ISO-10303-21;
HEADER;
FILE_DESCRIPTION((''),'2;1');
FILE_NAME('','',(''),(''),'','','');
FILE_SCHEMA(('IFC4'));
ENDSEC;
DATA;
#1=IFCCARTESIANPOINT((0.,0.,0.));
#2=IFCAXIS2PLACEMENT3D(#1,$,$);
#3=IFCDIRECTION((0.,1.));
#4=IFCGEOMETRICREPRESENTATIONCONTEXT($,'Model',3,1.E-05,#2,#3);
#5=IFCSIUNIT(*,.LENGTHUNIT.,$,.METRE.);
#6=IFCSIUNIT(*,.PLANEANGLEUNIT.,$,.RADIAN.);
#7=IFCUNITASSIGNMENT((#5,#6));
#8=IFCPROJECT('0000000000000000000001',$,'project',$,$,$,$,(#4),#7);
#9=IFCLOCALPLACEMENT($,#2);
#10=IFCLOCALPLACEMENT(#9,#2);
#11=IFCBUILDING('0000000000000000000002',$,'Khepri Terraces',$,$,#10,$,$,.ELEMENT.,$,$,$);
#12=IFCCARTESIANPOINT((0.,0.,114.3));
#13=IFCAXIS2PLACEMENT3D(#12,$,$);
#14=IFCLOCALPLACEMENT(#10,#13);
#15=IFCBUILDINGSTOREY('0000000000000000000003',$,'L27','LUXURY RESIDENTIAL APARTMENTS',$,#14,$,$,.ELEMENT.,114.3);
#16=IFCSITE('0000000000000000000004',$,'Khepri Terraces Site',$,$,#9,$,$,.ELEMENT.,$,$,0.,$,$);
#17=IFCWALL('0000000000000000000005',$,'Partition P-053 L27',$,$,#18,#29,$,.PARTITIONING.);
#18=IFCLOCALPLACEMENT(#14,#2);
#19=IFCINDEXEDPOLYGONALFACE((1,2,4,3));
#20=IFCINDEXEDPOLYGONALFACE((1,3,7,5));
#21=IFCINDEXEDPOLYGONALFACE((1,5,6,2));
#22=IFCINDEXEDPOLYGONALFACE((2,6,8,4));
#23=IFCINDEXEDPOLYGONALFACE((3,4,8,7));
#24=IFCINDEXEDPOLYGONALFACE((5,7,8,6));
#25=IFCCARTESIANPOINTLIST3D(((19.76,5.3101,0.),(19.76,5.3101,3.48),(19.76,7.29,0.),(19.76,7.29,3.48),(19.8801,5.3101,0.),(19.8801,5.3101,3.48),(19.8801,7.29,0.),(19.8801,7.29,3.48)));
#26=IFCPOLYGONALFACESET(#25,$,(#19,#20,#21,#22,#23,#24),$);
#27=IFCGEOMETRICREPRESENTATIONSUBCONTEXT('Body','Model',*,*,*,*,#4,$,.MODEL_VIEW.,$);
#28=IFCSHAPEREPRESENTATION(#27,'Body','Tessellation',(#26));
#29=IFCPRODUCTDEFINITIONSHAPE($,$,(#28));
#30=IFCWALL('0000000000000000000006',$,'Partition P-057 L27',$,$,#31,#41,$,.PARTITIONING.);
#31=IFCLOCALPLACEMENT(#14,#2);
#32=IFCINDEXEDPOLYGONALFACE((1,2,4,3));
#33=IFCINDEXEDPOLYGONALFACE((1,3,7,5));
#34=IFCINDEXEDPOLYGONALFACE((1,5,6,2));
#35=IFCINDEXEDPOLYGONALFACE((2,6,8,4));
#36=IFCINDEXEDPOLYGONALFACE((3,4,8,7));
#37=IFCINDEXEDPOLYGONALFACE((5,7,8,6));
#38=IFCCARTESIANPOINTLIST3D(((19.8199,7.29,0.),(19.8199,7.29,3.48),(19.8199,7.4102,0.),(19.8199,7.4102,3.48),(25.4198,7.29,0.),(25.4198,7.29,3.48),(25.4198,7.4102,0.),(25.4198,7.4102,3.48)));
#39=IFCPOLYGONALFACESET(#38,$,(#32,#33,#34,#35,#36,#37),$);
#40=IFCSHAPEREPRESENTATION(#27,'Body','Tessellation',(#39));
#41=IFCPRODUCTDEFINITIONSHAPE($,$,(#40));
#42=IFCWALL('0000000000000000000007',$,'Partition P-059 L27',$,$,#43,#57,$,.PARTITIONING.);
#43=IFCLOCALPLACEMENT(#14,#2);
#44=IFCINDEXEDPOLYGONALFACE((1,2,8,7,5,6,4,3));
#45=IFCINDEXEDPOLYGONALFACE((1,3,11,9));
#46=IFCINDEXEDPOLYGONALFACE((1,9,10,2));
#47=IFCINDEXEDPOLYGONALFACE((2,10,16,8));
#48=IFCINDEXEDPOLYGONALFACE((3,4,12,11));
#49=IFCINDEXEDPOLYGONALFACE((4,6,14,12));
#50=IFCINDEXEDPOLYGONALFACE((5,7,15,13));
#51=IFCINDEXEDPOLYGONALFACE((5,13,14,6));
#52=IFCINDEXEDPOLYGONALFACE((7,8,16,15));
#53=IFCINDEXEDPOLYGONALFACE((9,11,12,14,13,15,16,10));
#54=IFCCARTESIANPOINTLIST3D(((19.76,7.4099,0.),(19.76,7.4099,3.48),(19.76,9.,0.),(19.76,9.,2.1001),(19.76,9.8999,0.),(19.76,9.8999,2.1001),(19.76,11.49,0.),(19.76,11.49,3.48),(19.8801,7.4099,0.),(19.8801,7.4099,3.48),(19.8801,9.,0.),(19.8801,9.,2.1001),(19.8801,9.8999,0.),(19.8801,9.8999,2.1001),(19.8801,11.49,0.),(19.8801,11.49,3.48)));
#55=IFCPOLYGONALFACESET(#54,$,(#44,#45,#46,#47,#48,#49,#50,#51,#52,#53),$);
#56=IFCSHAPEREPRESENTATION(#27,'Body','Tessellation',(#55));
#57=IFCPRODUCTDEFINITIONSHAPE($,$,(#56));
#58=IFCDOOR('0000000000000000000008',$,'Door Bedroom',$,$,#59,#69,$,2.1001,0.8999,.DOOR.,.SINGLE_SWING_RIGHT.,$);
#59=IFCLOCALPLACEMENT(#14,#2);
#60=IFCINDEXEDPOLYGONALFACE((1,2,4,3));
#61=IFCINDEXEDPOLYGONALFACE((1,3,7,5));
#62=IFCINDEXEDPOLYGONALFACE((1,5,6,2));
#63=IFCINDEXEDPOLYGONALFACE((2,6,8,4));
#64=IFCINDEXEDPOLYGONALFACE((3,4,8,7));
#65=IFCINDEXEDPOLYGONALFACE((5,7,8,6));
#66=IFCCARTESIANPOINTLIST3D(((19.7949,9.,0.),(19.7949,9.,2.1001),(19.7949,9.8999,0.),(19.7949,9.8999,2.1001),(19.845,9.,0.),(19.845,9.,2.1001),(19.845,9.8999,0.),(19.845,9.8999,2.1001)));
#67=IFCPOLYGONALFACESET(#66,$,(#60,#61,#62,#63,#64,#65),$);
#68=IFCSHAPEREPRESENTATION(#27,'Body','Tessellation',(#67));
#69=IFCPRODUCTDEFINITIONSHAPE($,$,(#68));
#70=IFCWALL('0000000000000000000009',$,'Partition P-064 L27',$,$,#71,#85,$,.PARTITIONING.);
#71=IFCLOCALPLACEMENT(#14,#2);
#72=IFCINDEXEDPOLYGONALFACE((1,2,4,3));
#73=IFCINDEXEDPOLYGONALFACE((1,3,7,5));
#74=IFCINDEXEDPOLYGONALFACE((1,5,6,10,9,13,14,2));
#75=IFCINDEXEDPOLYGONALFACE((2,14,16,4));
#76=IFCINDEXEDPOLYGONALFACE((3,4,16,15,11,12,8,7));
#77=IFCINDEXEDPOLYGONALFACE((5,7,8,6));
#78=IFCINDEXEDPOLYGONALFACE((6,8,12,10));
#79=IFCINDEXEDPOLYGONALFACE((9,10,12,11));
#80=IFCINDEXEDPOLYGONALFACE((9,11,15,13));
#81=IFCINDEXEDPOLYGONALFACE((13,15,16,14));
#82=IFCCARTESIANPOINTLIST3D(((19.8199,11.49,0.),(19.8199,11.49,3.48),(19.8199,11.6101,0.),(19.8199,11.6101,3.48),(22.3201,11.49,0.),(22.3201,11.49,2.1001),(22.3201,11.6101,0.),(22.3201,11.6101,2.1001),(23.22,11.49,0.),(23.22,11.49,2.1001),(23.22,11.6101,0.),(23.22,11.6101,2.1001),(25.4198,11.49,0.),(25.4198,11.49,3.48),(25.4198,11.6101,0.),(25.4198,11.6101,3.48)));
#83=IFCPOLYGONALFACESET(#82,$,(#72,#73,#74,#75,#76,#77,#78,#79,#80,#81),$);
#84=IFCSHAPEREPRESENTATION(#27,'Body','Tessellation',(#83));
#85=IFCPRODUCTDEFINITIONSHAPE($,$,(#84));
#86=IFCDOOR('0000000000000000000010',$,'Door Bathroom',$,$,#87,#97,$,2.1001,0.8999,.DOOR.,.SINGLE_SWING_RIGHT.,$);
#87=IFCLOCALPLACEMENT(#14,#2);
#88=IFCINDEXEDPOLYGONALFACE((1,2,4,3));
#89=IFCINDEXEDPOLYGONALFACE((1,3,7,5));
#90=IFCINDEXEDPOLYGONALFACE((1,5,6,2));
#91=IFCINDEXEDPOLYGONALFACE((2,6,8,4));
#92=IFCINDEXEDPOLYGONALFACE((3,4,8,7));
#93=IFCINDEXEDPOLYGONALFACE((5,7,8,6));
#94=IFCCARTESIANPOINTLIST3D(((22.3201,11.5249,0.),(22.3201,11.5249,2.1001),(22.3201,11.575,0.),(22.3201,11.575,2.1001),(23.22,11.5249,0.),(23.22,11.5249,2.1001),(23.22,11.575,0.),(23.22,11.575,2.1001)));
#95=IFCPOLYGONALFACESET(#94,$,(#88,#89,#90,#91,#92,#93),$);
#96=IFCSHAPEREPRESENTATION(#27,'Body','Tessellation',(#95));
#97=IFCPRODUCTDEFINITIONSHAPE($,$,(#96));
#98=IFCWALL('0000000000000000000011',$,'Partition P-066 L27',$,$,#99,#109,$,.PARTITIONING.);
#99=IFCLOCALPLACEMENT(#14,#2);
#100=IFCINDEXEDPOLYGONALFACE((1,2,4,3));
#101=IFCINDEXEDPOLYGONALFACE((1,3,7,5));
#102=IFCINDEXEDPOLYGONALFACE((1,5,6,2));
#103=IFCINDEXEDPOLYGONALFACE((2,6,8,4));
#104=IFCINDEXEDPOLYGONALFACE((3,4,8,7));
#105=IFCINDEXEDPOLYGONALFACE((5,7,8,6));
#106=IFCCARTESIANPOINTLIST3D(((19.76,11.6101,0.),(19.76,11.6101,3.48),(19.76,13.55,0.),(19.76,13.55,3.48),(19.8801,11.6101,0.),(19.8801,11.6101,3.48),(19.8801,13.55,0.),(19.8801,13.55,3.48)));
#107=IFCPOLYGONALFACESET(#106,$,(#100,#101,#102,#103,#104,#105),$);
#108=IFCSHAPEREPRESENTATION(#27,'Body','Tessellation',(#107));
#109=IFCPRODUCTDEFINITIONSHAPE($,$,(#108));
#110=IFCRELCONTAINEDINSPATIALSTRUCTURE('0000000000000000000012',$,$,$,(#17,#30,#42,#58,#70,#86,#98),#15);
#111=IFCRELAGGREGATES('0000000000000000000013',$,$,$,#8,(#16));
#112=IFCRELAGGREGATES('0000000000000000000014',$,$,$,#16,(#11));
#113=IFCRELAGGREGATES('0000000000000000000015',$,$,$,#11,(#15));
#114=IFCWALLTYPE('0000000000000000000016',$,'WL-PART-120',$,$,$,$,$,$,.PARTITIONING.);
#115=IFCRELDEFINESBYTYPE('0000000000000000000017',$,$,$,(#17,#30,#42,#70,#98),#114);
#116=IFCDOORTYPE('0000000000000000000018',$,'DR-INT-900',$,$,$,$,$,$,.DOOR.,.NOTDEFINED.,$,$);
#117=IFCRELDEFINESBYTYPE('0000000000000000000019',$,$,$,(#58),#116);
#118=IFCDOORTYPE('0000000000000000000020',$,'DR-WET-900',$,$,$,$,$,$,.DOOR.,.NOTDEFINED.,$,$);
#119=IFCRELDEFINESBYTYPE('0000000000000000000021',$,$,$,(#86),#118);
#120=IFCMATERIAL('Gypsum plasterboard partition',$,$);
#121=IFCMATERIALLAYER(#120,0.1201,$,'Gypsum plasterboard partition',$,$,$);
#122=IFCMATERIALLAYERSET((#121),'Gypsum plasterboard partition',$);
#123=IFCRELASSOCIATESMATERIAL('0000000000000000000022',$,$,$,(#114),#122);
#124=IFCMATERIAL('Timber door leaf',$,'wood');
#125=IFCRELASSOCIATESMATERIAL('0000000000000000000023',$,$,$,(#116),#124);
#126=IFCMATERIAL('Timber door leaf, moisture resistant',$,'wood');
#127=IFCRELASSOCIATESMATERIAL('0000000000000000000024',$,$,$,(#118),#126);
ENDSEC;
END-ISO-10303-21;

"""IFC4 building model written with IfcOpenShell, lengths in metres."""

from ifc_helpers import new_model, si_unit, direction, frame, frame_2d, origin, place, context, subcontext, project, spatial, rectangle, extrude, material, layer, layer_set, type_object, element, fill, save


model = new_model("IFC4")

# Units and contexts
model_context = context("Model", 3, precision=1e-05, world=origin(), true_north=direction((0.0, 1.0)))
body_context = subcontext(model_context, "Body", "Model", "MODEL_VIEW")
ifc_project = project(units=[si_unit("LENGTHUNIT", "METRE"), si_unit("PLANEANGLEUNIT", "RADIAN")], contexts=[model_context])

# Site, building, storey
site_placement = place(None, origin())
site = spatial("IfcSite", under=ifc_project, at=site_placement, Name="Khepri Terraces Site", CompositionType="ELEMENT", RefElevation=0.0)
building_placement = place(site_placement, origin())
building = spatial("IfcBuilding", under=site, at=building_placement, Name="Khepri Terraces", CompositionType="ELEMENT")
storey_placement = place(building_placement, frame((0.0, 0.0, 114.3)))
storey = spatial("IfcBuildingStorey", under=building, at=storey_placement, Name="L27", Description="LUXURY RESIDENTIAL APARTMENTS", CompositionType="ELEMENT", Elevation=114.3)

# Walls
ifc_material_1 = material(Name="Gypsum plasterboard partition")
ifc_layer_1 = layer(ifc_material_1, 0.1201, Name="Gypsum plasterboard partition")
ifc_layer_set_1 = layer_set([ifc_layer_1], Name="Gypsum plasterboard partition")
wall_type_1 = type_object("IfcWallType", Name="WL-PART-120", PredefinedType="PARTITIONING", material=ifc_layer_set_1)
wall_1_placement = place(storey_placement, frame((19.8201, 5.3101, 0.0), z_axis=(0.0, 0.0, 1.0), x_axis=(0.0, 1.0, 0.0)))
element("IfcWall", 1, at=wall_1_placement, inside=storey, type_object=wall_type_1, Name="Partition P-053 L27", PredefinedType="PARTITIONING", context=body_context, shape_type="SweptSolid", body=[
    extrude(rectangle(XDim=1.98, YDim=0.1201, at=frame_2d((0.99, 0.0))), origin(), (0.0, 0.0, 1.0), 3.48),
])
wall_2_placement = place(storey_placement, frame((19.8201, 7.3501, 0.0), z_axis=(0.0, 0.0, 1.0), x_axis=(1.0, 0.0, 0.0)))
element("IfcWall", 2, at=wall_2_placement, inside=storey, type_object=wall_type_1, Name="Partition P-057 L27", PredefinedType="PARTITIONING", context=body_context, shape_type="SweptSolid", body=[
    extrude(rectangle(XDim=5.5999, YDim=0.1201, at=frame_2d((2.7998, 0.0))), origin(), (0.0, 0.0, 1.0), 3.48),
])

# Walls, openings, doors
wall_3_placement = place(storey_placement, frame((19.8201, 7.4099, 0.0), z_axis=(0.0, 0.0, 1.0), x_axis=(0.0, 1.0, 0.0)))
wall_3 = element("IfcWall", 3, at=wall_3_placement, inside=storey, type_object=wall_type_1, Name="Partition P-059 L27", PredefinedType="PARTITIONING", context=body_context, shape_type="SweptSolid", body=[
    extrude(rectangle(XDim=4.0801, YDim=0.1201, at=frame_2d((2.04, 0.0))), origin(), (0.0, 0.0, 1.0), 3.48),
])
opening_1_placement = place(wall_3_placement, frame((1.5901, 0.0, 0.0)))
opening_1 = element("IfcOpeningElement", 4, at=opening_1_placement, cuts=wall_3, PredefinedType="OPENING", context=body_context, shape_type="SweptSolid", body=[
    extrude(rectangle(XDim=0.8999, YDim=2.1001, at=frame_2d((0.45, 1.05))), frame((0.0, 0.0701, 0.0), z_axis=(0.0, -1.0, 0.0), x_axis=(1.0, 0.0, 0.0)), (0.0, 0.0, 1.0), 0.1401),
])
ifc_material_2 = material(Name="Timber door leaf", Category="wood")
door_type_1 = type_object("IfcDoorType", Name="DR-INT-900", OperationType="NOTDEFINED", PredefinedType="DOOR", material=ifc_material_2)
door_1_placement = place(opening_1_placement, frame((0.8999, 0.0, 0.0), z_axis=(0.0, 0.0, 1.0), x_axis=(-1.0, 0.0, 0.0)))
door_1 = element("IfcDoor", 5, at=door_1_placement, inside=storey, type_object=door_type_1, Name="Door Bedroom", OperationType="SINGLE_SWING_RIGHT", OverallHeight=2.1001, OverallWidth=0.8999, PredefinedType="DOOR", context=body_context, shape_type="SweptSolid", body=[
    extrude(rectangle(XDim=0.8999, YDim=2.1001, at=frame_2d((0.45, 1.05))), frame((0.0, 0.0249, 0.0), z_axis=(0.0, -1.0, 0.0), x_axis=(1.0, 0.0, 0.0)), (0.0, 0.0, 1.0), 0.05),
])
fill(opening_1, door_1)
wall_4_placement = place(storey_placement, frame((19.8201, 11.55, 0.0), z_axis=(0.0, 0.0, 1.0), x_axis=(1.0, 0.0, 0.0)))
wall_4 = element("IfcWall", 6, at=wall_4_placement, inside=storey, type_object=wall_type_1, Name="Partition P-064 L27", PredefinedType="PARTITIONING", context=body_context, shape_type="SweptSolid", body=[
    extrude(rectangle(XDim=5.5999, YDim=0.1201, at=frame_2d((2.7998, 0.0))), origin(), (0.0, 0.0, 1.0), 3.48),
])
opening_2_placement = place(wall_4_placement, frame((2.5, 0.0, 0.0)))
opening_2 = element("IfcOpeningElement", 7, at=opening_2_placement, cuts=wall_4, PredefinedType="OPENING", context=body_context, shape_type="SweptSolid", body=[
    extrude(rectangle(XDim=0.8999, YDim=2.1001, at=frame_2d((0.45, 1.05))), frame((0.0, 0.0701, 0.0), z_axis=(0.0, -1.0, 0.0), x_axis=(1.0, 0.0, 0.0)), (0.0, 0.0, 1.0), 0.1401),
])
ifc_material_3 = material(Name="Timber door leaf, moisture resistant", Category="wood")
door_type_2 = type_object("IfcDoorType", Name="DR-WET-900", OperationType="NOTDEFINED", PredefinedType="DOOR", material=ifc_material_3)
door_2_placement = place(opening_2_placement, origin())
door_2 = element("IfcDoor", 8, at=door_2_placement, inside=storey, type_object=door_type_2, Name="Door Bathroom", OperationType="SINGLE_SWING_RIGHT", OverallHeight=2.1001, OverallWidth=0.8999, PredefinedType="DOOR", context=body_context, shape_type="SweptSolid", body=[
    extrude(rectangle(XDim=0.8999, YDim=2.1001, at=frame_2d((0.45, 1.05))), frame((0.0, 0.0249, 0.0), z_axis=(0.0, -1.0, 0.0), x_axis=(1.0, 0.0, 0.0)), (0.0, 0.0, 1.0), 0.05),
])
fill(opening_2, door_2)

# Wall
wall_5_placement = place(storey_placement, frame((19.8201, 11.6101, 0.0), z_axis=(0.0, 0.0, 1.0), x_axis=(0.0, 1.0, 0.0)))
element("IfcWall", 9, at=wall_5_placement, inside=storey, type_object=wall_type_1, Name="Partition P-066 L27", PredefinedType="PARTITIONING", context=body_context, shape_type="SweptSolid", body=[
    extrude(rectangle(XDim=1.9399, YDim=0.1201, at=frame_2d((0.97, 0.0))), origin(), (0.0, 0.0, 1.0), 3.48),
])

save(model, "model.ifc")
